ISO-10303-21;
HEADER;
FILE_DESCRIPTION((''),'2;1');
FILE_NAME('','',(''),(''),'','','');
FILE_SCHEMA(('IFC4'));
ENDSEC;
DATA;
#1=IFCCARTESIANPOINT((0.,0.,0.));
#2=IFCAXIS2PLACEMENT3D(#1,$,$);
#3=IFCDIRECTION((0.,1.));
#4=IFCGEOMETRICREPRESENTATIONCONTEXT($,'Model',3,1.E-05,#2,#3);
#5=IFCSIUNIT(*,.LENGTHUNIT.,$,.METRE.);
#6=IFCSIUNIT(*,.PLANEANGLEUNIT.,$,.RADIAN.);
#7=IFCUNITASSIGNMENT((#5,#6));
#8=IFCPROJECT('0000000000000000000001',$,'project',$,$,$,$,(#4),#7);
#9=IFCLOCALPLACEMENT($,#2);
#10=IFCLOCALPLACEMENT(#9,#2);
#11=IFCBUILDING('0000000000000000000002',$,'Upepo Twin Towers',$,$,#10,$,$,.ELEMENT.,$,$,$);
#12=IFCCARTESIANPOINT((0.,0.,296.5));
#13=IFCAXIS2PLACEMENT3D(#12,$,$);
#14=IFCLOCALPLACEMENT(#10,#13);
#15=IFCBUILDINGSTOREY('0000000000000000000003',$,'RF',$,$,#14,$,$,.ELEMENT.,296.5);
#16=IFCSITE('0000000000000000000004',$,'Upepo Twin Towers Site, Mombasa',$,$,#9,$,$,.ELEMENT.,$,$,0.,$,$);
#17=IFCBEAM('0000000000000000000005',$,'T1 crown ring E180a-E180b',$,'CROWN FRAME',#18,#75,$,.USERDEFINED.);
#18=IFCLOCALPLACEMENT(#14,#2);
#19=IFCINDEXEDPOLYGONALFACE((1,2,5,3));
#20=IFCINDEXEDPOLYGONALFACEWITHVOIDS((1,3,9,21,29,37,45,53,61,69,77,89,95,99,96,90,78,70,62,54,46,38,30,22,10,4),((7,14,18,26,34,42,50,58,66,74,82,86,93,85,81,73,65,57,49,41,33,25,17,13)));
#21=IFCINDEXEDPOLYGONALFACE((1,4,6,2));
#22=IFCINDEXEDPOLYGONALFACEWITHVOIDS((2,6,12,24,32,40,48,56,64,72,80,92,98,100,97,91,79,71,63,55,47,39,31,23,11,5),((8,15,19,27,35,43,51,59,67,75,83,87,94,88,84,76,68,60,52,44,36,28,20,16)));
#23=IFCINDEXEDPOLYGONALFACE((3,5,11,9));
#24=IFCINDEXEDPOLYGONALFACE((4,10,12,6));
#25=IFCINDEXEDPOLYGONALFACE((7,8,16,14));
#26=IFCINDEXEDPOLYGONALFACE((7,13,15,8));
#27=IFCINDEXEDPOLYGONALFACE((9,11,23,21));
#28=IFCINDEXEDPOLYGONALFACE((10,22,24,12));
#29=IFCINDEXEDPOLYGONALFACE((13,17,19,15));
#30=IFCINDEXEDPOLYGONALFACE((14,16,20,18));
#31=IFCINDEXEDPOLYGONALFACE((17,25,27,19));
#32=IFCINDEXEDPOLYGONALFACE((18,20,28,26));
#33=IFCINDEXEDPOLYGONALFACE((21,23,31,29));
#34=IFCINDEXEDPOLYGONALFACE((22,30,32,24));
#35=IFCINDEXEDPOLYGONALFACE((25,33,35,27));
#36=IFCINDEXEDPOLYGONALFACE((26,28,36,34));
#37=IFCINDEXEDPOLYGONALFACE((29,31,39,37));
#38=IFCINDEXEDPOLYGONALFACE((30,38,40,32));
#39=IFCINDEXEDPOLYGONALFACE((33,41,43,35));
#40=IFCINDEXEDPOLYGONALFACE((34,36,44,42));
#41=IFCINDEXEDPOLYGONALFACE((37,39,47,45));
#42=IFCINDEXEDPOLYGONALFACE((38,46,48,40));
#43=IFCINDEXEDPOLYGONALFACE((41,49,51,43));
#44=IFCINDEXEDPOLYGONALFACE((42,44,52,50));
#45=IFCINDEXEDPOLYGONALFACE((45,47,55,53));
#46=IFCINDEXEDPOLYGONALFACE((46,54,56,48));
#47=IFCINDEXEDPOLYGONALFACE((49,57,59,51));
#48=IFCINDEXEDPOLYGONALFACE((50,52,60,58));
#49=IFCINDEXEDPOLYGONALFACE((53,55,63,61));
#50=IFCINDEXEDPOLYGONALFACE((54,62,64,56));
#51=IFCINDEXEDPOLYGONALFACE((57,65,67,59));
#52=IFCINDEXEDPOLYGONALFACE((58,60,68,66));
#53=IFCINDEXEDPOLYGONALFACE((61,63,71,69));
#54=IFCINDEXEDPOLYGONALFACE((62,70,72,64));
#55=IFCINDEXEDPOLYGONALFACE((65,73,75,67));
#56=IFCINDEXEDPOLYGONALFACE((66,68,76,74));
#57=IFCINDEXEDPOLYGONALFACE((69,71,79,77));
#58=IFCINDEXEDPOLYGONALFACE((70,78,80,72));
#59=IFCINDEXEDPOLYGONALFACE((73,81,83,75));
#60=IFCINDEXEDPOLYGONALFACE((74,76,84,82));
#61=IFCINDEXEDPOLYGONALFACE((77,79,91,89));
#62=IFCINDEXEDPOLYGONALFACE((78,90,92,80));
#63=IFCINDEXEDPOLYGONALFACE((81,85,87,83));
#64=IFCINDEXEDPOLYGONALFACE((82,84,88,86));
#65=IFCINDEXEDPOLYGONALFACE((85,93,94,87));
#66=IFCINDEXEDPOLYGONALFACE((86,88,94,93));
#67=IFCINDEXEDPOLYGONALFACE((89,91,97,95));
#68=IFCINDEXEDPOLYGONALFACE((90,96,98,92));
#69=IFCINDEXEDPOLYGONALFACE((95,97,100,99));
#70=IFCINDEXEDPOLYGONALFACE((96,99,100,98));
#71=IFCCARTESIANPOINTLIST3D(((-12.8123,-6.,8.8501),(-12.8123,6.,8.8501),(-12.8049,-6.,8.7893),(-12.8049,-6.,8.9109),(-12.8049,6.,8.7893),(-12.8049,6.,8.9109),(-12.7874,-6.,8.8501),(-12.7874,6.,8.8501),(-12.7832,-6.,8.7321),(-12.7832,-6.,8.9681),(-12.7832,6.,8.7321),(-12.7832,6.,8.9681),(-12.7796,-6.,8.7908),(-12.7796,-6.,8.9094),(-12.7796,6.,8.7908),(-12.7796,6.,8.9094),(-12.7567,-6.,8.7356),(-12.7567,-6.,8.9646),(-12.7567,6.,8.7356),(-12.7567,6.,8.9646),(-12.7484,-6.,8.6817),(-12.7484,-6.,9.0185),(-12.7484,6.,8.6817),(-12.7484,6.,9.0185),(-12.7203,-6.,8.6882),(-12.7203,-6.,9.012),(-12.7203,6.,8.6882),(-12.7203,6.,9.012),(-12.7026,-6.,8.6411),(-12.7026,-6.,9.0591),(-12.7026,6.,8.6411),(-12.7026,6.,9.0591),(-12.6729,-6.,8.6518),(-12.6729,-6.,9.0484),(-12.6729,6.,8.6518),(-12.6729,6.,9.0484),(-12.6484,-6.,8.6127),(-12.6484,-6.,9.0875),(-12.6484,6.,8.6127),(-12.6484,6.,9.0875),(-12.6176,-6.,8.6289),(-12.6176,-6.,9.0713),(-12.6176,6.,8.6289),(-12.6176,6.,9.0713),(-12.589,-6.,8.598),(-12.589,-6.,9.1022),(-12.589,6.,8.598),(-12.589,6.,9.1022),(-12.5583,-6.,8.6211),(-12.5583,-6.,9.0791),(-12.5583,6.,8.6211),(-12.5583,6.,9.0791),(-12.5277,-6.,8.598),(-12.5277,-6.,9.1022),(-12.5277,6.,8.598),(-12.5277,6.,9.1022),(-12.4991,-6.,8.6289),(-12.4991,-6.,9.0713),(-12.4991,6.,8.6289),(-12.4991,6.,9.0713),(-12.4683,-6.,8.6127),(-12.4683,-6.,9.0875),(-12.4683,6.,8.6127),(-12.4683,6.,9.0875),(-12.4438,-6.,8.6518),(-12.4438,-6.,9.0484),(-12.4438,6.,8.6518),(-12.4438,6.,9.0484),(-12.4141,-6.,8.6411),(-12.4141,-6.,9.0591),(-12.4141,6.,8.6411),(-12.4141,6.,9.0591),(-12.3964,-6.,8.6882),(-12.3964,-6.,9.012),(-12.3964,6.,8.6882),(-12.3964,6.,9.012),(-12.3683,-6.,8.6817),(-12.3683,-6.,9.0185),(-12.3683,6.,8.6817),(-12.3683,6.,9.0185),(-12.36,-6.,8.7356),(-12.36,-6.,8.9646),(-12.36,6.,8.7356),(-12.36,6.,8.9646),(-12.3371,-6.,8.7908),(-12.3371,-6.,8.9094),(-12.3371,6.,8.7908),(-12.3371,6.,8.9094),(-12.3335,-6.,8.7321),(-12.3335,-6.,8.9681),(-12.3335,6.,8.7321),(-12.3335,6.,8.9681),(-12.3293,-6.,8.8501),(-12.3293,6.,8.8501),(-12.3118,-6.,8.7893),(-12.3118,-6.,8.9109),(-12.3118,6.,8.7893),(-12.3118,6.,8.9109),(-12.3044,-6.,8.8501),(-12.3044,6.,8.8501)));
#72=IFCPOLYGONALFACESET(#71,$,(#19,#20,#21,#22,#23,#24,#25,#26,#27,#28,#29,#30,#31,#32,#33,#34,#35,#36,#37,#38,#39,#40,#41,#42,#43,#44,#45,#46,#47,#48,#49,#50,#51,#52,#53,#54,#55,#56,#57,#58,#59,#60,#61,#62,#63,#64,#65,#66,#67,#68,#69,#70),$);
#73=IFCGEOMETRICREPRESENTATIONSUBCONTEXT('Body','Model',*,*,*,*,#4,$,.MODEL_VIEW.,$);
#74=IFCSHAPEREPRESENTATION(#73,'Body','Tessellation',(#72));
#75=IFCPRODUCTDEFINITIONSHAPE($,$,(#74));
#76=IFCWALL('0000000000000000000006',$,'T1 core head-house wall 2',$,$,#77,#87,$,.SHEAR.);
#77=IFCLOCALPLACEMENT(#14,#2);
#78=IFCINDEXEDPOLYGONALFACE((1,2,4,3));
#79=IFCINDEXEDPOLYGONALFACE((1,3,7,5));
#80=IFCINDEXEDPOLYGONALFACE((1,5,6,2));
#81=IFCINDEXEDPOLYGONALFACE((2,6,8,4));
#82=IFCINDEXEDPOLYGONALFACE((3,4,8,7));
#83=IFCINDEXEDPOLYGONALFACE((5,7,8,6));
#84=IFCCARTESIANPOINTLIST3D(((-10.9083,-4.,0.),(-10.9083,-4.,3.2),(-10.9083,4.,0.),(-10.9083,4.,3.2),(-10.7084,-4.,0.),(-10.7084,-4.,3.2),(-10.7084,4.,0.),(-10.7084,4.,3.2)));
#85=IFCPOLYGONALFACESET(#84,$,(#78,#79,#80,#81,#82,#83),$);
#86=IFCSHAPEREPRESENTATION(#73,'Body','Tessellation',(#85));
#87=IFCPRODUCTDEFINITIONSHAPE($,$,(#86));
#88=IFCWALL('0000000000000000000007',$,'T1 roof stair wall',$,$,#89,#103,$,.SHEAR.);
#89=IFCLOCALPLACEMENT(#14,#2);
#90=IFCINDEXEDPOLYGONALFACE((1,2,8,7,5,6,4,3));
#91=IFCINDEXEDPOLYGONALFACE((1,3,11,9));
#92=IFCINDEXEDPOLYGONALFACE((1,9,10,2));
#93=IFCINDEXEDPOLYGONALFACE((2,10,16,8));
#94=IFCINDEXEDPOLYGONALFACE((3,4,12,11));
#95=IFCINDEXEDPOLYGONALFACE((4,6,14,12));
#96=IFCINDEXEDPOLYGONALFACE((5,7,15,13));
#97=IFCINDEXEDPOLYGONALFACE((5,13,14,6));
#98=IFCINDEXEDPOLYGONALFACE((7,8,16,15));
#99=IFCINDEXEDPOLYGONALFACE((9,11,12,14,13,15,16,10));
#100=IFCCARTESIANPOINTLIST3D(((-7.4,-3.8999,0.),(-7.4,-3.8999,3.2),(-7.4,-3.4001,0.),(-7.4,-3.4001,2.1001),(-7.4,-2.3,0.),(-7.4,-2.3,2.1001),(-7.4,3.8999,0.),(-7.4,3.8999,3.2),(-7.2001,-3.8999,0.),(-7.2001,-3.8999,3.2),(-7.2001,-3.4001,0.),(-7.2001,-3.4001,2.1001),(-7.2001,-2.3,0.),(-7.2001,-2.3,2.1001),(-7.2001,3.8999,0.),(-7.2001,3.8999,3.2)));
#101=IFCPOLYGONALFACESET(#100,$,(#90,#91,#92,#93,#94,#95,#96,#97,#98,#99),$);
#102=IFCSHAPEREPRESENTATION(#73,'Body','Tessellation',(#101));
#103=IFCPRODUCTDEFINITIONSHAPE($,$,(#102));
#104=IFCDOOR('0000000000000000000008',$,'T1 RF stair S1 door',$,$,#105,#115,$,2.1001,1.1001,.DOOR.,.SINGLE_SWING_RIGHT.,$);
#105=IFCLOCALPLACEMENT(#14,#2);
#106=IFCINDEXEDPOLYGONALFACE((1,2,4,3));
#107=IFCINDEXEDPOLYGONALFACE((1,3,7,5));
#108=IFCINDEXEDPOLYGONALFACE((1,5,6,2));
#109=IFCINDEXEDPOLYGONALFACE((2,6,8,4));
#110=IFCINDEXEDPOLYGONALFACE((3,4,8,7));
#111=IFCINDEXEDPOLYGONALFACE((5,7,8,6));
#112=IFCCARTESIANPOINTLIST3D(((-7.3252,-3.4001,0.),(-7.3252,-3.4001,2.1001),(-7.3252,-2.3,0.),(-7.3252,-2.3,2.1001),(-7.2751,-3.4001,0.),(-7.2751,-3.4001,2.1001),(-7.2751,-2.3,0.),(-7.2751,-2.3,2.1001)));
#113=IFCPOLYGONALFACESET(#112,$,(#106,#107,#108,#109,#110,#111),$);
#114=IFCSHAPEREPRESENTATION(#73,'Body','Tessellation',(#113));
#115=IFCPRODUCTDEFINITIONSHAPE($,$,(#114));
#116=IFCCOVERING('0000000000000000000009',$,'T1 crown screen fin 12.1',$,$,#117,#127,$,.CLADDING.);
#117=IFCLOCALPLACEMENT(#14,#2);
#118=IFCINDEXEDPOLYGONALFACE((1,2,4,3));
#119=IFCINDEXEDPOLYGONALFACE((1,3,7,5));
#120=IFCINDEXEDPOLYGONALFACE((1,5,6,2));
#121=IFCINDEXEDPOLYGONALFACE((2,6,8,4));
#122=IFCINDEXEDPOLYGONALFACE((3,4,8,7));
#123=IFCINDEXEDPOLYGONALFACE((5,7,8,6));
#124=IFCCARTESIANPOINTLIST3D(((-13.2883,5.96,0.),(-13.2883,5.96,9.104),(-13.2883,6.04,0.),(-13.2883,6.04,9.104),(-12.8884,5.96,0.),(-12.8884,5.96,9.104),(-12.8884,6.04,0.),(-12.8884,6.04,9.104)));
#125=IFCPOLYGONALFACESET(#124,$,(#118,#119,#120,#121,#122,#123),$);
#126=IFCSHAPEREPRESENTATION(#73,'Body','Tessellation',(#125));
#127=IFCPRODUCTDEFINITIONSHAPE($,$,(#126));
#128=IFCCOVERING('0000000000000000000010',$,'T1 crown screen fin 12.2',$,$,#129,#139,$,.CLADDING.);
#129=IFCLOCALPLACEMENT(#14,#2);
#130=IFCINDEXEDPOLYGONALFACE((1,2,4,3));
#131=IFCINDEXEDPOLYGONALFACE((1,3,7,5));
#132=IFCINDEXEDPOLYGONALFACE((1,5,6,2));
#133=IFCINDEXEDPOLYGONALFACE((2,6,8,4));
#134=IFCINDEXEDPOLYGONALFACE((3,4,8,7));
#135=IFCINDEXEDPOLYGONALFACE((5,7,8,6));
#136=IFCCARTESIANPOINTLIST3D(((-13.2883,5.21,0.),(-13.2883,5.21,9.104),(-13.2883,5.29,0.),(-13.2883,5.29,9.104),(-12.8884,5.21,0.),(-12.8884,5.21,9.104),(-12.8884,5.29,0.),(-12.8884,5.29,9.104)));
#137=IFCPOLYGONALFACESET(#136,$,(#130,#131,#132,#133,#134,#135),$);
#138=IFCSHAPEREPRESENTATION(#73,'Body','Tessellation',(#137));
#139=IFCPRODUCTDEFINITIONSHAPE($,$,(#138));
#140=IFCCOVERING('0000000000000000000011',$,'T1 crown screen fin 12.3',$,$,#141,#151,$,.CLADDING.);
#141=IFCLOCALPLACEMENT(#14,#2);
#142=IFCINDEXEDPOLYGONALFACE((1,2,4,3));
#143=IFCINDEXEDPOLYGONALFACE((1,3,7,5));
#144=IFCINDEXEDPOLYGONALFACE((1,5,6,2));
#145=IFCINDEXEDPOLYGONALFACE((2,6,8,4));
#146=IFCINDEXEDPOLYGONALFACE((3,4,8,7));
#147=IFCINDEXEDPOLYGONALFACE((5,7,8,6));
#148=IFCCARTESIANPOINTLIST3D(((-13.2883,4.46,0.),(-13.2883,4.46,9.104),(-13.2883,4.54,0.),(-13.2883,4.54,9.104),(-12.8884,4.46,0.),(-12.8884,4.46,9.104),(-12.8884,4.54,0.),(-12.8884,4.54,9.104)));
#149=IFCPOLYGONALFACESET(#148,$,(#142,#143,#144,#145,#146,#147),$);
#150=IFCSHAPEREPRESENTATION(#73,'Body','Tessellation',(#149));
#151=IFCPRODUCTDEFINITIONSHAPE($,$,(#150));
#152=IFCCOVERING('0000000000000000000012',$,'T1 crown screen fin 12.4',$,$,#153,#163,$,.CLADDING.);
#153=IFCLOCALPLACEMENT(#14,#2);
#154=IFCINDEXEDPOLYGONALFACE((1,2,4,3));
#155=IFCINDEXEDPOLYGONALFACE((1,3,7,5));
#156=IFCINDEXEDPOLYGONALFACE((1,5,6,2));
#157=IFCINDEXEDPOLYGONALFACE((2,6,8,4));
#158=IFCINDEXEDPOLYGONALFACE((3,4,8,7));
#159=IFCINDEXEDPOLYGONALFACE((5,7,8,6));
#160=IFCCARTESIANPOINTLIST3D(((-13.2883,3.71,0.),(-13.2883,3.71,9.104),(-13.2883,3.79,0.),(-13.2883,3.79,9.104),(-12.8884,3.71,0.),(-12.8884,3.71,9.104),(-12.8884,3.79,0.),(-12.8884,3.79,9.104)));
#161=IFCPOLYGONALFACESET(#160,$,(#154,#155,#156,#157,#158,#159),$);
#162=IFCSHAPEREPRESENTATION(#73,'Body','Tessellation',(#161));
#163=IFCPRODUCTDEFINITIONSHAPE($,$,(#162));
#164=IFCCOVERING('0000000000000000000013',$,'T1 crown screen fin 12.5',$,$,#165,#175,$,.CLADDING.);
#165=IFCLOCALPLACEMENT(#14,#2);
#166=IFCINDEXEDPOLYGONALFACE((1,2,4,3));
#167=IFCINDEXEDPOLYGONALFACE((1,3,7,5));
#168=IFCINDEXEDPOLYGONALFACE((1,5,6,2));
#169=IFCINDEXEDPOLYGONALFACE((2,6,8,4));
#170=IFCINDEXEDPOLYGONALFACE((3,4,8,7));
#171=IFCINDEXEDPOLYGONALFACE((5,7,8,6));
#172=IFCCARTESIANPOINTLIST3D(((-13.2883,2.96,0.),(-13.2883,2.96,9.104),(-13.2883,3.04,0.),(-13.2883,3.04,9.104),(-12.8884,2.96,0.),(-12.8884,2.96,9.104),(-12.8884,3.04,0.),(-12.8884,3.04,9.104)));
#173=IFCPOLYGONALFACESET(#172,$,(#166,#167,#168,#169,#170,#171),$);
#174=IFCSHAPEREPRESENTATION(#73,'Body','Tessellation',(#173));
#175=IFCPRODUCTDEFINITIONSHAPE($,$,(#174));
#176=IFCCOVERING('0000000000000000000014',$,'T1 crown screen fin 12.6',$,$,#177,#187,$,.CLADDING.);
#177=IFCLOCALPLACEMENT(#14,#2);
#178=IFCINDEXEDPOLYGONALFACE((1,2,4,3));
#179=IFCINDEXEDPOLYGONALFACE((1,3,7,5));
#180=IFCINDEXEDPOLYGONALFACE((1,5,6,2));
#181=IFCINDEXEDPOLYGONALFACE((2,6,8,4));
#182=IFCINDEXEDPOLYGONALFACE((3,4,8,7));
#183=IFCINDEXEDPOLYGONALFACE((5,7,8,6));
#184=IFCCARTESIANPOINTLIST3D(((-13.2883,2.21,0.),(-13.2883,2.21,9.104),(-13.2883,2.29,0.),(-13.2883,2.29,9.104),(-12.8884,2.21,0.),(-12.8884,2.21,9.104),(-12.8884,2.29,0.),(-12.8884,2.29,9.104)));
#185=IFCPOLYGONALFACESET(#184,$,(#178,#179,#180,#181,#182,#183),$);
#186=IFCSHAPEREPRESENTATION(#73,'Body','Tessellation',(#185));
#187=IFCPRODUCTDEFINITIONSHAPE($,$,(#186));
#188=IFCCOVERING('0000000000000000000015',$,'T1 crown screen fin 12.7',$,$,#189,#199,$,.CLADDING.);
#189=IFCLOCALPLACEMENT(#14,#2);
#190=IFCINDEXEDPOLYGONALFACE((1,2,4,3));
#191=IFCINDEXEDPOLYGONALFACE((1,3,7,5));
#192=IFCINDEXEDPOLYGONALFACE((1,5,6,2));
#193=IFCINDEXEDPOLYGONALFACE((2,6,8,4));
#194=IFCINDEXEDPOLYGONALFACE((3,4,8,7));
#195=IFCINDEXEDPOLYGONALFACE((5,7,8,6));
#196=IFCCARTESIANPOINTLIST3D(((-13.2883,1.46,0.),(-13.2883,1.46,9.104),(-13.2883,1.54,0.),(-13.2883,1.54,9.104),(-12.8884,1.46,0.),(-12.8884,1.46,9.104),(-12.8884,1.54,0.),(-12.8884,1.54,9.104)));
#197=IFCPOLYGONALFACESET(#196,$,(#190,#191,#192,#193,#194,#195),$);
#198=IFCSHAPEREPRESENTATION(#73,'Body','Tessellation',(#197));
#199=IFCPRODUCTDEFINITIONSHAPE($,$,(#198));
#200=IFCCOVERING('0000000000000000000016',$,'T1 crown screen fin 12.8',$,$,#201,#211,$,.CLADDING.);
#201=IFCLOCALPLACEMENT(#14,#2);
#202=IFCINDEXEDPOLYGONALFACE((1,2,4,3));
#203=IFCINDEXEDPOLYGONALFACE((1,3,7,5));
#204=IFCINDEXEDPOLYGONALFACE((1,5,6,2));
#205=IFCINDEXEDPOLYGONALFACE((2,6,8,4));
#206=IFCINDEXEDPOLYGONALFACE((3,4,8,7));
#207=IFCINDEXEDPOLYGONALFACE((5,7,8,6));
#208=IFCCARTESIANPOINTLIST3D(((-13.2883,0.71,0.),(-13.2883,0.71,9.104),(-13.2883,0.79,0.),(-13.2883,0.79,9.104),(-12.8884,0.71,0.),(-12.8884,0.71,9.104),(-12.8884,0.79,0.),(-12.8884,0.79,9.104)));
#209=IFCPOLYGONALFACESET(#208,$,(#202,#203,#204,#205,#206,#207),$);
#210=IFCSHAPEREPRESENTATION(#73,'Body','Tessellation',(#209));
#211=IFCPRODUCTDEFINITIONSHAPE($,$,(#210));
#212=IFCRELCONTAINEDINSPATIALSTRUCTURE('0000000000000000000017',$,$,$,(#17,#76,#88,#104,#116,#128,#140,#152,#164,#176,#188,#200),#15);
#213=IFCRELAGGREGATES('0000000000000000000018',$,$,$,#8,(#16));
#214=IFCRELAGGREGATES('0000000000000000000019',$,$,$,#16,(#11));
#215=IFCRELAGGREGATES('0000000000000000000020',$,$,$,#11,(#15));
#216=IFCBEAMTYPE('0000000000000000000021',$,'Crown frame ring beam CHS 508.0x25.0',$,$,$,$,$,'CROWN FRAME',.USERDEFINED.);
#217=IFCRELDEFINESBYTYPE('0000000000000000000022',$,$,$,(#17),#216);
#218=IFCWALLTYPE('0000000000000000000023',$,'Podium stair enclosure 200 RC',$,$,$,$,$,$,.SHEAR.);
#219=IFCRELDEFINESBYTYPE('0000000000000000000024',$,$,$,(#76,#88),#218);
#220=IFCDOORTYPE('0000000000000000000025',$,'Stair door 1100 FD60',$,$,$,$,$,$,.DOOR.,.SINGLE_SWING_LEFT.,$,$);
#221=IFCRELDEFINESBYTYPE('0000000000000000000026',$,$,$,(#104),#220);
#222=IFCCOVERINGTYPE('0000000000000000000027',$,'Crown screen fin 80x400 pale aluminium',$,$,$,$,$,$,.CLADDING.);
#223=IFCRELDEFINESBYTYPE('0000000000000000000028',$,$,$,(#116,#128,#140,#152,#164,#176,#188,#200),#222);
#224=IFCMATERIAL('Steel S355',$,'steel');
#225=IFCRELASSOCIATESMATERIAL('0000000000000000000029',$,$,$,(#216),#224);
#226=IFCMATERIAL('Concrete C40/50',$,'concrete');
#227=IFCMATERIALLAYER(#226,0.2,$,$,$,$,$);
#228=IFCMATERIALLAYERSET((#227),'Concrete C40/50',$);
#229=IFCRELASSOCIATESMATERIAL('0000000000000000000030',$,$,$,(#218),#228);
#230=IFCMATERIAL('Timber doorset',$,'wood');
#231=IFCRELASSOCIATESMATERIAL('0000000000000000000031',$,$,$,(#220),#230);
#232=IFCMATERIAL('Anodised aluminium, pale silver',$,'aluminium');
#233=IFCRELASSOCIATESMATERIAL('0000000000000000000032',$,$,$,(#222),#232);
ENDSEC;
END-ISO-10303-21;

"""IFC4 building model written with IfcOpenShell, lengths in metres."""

from ifc_helpers import new_model, si_unit, direction, frame, frame_2d, origin, origin_2d, place, context, subcontext, project, spatial, rectangle, hollow_circle, extrude, material, layer, layer_set, material_profile, profile_set, type_object, element, fill, save


model = new_model("IFC4")

# Units and contexts
model_context = context("Model", 3, precision=1e-05, world=origin(), true_north=direction((0.0, 1.0)))
body_context = subcontext(model_context, "Body", "Model", "MODEL_VIEW")
ifc_project = project(units=[si_unit("LENGTHUNIT", "METRE"), si_unit("PLANEANGLEUNIT", "RADIAN")], contexts=[model_context])

# Site, building, storey
site_placement = place(None, origin())
site = spatial("IfcSite", under=ifc_project, at=site_placement, Name="Upepo Twin Towers Site, Mombasa", CompositionType="ELEMENT", RefElevation=0.0)
building_placement = place(site_placement, origin())
building = spatial("IfcBuilding", under=site, at=building_placement, Name="Upepo Twin Towers", CompositionType="ELEMENT")
storey_placement = place(building_placement, frame((0.0, 0.0, 296.5)))
storey = spatial("IfcBuildingStorey", under=building, at=storey_placement, Name="RF", CompositionType="ELEMENT", Elevation=296.5)

# Beam
ifc_material_1 = material(Name="Steel S355", Category="steel")
ifc_material_profile_1 = material_profile(ifc_material_1, hollow_circle(Radius=0.2539, WallThickness=0.0249, at=origin_2d()), Name="CHS 508.0x25.0")
ifc_profile_set_1 = profile_set([ifc_material_profile_1], Name="Steel S355")
beam_type = type_object("IfcBeamType", Name="Crown frame ring beam CHS 508.0x25.0", ElementType="CROWN FRAME", PredefinedType="USERDEFINED", material=ifc_profile_set_1)
beam_1_placement = place(storey_placement, frame((-12.5583, 6.0, 8.8501), z_axis=(0.0, -1.0, 0.0), x_axis=(1.0, 0.0, 0.0)))
element("IfcBeam", 1, at=beam_1_placement, inside=storey, type_object=beam_type, Name="T1 crown ring E180a-E180b", ObjectType="CROWN FRAME", PredefinedType="USERDEFINED", context=body_context, shape_type="SweptSolid", body=[
    extrude(hollow_circle(Radius=0.2539, WallThickness=0.0249, at=origin_2d()), origin(), (0.0, 0.0, 1.0), 12.0),
])

# Wall
ifc_material_2 = material(Name="Concrete C40/50", Category="concrete")
ifc_layer_1 = layer(ifc_material_2, 0.2)
ifc_layer_set_1 = layer_set([ifc_layer_1], Name="Concrete C40/50")
wall_type = type_object("IfcWallType", Name="Podium stair enclosure 200 RC", PredefinedType="SHEAR", material=ifc_layer_set_1)
wall_1_placement = place(storey_placement, frame((-10.8083, 4.0, 0.0), z_axis=(0.0, 0.0, 1.0), x_axis=(0.0, -1.0, 0.0)))
element("IfcWall", 2, at=wall_1_placement, inside=storey, type_object=wall_type, Name="T1 core head-house wall 2", PredefinedType="SHEAR", context=body_context, shape_type="SweptSolid", body=[
    extrude(rectangle(XDim=8.0, YDim=0.2, at=frame_2d((4.0, 0.0))), origin(), (0.0, 0.0, 1.0), 3.2),
])

# Wall, opening, door
wall_2_placement = place(storey_placement, frame((-7.3, 3.8999, 0.0), z_axis=(0.0, 0.0, 1.0), x_axis=(0.0, -1.0, 0.0)))
wall_2 = element("IfcWall", 3, at=wall_2_placement, inside=storey, type_object=wall_type, Name="T1 roof stair wall", PredefinedType="SHEAR", context=body_context, shape_type="SweptSolid", body=[
    extrude(rectangle(XDim=7.7998, YDim=0.2, at=frame_2d((3.8999, 0.0))), origin(), (0.0, 0.0, 1.0), 3.2),
])
opening_placement = place(wall_2_placement, frame((6.2, 0.0, 0.0)))
opening = element("IfcOpeningElement", 4, at=opening_placement, cuts=wall_2, PredefinedType="OPENING", context=body_context, shape_type="SweptSolid", body=[
    extrude(rectangle(XDim=1.1001, YDim=2.1001, at=frame_2d((0.55, 1.05))), frame((0.0, 0.1099, 0.0), z_axis=(0.0, -1.0, 0.0), x_axis=(1.0, 0.0, 0.0)), (0.0, 0.0, 1.0), 0.22),
])
ifc_material_3 = material(Name="Timber doorset", Category="wood")
door_type = type_object("IfcDoorType", Name="Stair door 1100 FD60", OperationType="SINGLE_SWING_LEFT", PredefinedType="DOOR", material=ifc_material_3)
door_placement = place(opening_placement, origin())
door = element("IfcDoor", 5, at=door_placement, inside=storey, type_object=door_type, Name="T1 RF stair S1 door", OperationType="SINGLE_SWING_RIGHT", OverallHeight=2.1001, OverallWidth=1.1001, PredefinedType="DOOR", context=body_context, shape_type="SweptSolid", body=[
    extrude(rectangle(XDim=1.1001, YDim=2.1001, at=frame_2d((0.55, 1.05))), frame((0.0, 0.0249, 0.0), z_axis=(0.0, -1.0, 0.0), x_axis=(1.0, 0.0, 0.0)), (0.0, 0.0, 1.0), 0.05),
])
fill(opening, door)

# Coverings
ifc_material_4 = material(Name="Anodised aluminium, pale silver", Category="aluminium")
covering_type_1 = type_object("IfcCoveringType", Name="Crown screen fin 80x400 pale aluminium", PredefinedType="CLADDING", material=ifc_material_4)
for number, where, z_axis, x_axis, name in (
    (6, (-13.0884, 6.0, 0.0), (0.0, 0.0, 1.0), (0.0, -1.0, 0.0), "T1 crown screen fin 12.1"),
    (7, (-13.0884, 5.25, 0.0), (0.0, 0.0, 1.0), (0.0, -1.0, 0.0), "T1 crown screen fin 12.2"),
    (8, (-13.0884, 4.5, 0.0), (0.0, 0.0, 1.0), (0.0, -1.0, 0.0), "T1 crown screen fin 12.3"),
    (9, (-13.0884, 3.75, 0.0), (0.0, 0.0, 1.0), (0.0, -1.0, 0.0), "T1 crown screen fin 12.4"),
    (10, (-13.0884, 3.0, 0.0), (0.0, 0.0, 1.0), (0.0, -1.0, 0.0), "T1 crown screen fin 12.5"),
    (11, (-13.0884, 2.25, 0.0), (0.0, 0.0, 1.0), (0.0, -1.0, 0.0), "T1 crown screen fin 12.6"),
    (12, (-13.0884, 1.5, 0.0), (0.0, 0.0, 1.0), (0.0, -1.0, 0.0), "T1 crown screen fin 12.7"),
    (13, (-13.0884, 0.75, 0.0), (0.0, 0.0, 1.0), (0.0, -1.0, 0.0), "T1 crown screen fin 12.8"),
):
    element("IfcCovering", number, at=place(storey_placement, frame(where, z_axis=z_axis, x_axis=x_axis)), inside=storey, type_object=covering_type_1, Name=name, PredefinedType="CLADDING", context=body_context, shape_type="SweptSolid", body=[
        extrude(rectangle(XDim=0.0801, YDim=0.3999, at=origin_2d()), origin(), (0.0, 0.0, 1.0), 9.104),
    ])

save(model, "model.ifc")
